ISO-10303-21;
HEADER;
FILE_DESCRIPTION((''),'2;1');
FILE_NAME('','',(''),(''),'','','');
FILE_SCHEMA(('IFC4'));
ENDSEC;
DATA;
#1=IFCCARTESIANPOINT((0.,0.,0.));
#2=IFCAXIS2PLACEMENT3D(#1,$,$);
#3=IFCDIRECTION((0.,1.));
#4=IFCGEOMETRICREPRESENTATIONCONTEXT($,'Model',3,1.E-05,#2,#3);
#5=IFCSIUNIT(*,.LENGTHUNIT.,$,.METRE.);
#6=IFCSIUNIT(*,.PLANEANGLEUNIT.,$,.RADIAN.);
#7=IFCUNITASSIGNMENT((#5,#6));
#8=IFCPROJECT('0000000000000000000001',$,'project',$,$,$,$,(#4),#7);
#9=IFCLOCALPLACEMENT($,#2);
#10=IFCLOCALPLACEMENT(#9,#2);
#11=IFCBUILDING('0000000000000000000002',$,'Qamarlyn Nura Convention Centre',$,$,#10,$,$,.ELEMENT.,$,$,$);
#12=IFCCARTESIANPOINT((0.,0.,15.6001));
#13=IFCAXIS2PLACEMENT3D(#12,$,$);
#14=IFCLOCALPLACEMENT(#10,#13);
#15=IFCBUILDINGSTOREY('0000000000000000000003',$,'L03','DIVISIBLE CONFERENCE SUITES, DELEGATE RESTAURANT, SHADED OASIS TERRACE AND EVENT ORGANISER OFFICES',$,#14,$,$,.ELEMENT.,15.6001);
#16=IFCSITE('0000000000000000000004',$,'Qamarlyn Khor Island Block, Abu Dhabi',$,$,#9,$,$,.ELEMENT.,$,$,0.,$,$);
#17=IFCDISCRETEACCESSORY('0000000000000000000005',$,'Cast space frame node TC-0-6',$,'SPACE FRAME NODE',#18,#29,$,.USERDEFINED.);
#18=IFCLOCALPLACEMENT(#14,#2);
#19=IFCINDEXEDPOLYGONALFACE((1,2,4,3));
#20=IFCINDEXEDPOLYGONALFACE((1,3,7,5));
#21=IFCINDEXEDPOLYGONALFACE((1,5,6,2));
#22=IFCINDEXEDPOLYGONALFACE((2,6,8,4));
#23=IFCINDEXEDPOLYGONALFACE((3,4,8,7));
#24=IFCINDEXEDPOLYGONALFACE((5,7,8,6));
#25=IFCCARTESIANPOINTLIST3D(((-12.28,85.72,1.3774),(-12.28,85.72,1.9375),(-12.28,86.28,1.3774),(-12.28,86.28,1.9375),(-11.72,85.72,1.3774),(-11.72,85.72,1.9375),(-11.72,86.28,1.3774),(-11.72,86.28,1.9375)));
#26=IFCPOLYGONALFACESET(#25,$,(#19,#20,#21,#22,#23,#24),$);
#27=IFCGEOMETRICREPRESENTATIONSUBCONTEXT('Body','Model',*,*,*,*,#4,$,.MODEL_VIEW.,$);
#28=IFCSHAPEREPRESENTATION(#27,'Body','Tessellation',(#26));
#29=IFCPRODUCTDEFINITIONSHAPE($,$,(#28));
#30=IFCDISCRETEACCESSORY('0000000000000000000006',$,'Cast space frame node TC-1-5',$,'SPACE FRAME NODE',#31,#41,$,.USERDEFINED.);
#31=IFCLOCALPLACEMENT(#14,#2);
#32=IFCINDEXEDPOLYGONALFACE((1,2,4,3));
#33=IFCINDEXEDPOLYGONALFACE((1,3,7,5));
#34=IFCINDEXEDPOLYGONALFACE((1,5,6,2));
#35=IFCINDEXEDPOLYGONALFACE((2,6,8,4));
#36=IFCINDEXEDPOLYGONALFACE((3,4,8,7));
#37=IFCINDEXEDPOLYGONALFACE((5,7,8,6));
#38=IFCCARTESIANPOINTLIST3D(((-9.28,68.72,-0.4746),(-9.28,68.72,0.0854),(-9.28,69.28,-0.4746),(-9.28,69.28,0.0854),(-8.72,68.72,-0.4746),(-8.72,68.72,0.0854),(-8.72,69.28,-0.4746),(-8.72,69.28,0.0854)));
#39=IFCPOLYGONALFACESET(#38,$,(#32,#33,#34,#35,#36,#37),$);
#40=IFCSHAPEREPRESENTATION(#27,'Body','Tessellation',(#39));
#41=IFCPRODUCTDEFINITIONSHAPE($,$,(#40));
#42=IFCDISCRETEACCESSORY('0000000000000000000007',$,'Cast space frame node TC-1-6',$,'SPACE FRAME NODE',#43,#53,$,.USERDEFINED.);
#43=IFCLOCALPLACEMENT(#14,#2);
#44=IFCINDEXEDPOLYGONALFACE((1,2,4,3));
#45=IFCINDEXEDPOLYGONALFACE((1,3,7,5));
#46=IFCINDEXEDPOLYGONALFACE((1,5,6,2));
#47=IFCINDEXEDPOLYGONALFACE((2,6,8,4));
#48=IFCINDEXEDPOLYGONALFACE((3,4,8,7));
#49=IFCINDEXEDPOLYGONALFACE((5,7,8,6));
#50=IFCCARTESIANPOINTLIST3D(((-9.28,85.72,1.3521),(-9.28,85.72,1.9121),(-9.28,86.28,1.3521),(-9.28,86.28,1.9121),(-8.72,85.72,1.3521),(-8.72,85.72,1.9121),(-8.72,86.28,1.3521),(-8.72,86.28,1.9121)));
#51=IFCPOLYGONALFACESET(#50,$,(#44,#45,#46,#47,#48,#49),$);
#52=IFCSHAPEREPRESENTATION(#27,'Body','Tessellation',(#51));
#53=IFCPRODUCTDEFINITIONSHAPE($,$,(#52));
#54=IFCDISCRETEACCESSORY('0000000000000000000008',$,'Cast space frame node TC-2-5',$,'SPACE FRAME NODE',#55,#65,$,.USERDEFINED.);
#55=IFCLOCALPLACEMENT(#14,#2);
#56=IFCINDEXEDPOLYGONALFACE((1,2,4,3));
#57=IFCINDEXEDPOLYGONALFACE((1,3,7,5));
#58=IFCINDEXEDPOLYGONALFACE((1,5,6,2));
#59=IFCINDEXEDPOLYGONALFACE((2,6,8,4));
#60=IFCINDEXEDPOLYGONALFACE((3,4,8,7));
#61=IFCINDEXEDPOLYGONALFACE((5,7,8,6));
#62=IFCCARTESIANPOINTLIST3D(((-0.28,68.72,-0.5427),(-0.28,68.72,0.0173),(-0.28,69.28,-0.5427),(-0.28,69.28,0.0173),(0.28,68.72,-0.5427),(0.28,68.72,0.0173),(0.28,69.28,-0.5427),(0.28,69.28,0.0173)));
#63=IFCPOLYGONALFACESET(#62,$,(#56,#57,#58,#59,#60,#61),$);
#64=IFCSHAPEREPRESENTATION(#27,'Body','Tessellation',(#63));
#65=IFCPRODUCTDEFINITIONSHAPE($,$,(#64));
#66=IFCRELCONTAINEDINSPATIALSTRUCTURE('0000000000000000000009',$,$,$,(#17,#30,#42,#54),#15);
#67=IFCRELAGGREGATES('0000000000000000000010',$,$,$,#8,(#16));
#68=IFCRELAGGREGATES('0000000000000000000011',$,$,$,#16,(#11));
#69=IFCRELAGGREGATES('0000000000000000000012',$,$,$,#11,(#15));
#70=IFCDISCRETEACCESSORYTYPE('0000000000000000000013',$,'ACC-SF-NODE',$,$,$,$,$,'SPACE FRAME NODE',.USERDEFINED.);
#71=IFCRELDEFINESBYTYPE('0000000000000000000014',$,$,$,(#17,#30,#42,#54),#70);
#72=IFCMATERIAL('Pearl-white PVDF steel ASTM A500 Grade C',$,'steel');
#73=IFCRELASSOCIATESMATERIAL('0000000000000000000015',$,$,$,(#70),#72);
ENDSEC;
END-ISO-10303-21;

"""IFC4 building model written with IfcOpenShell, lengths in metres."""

from ifc_helpers import new_model, si_unit, direction, frame, origin, origin_2d, place, context, subcontext, project, spatial, rectangle, extrude, material, type_object, element, save


model = new_model("IFC4")

# Units and contexts
model_context = context("Model", 3, precision=1e-05, world=origin(), true_north=direction((0.0, 1.0)))
body_context = subcontext(model_context, "Body", "Model", "MODEL_VIEW")
ifc_project = project(units=[si_unit("LENGTHUNIT", "METRE"), si_unit("PLANEANGLEUNIT", "RADIAN")], contexts=[model_context])

# Site, building, storey
site_placement = place(None, origin())
site = spatial("IfcSite", under=ifc_project, at=site_placement, Name="Qamarlyn Khor Island Block, Abu Dhabi", CompositionType="ELEMENT", RefElevation=0.0)
building_placement = place(site_placement, origin())
building = spatial("IfcBuilding", under=site, at=building_placement, Name="Qamarlyn Nura Convention Centre", CompositionType="ELEMENT")
storey_placement = place(building_placement, frame((0.0, 0.0, 15.6001)))
storey = spatial("IfcBuildingStorey", under=building, at=storey_placement, Name="L03", Description="DIVISIBLE CONFERENCE SUITES, DELEGATE RESTAURANT, SHADED OASIS TERRACE AND EVENT ORGANISER OFFICES", CompositionType="ELEMENT", Elevation=15.6001)

# Shared definitions
ifc_material_1 = material(Name="Pearl-white PVDF steel ASTM A500 Grade C", Category="steel")

# Discrete accessories
discrete_accessory_type = type_object("IfcDiscreteAccessoryType", Name="ACC-SF-NODE", ElementType="SPACE FRAME NODE", PredefinedType="USERDEFINED", material=ifc_material_1)
for number, where, z_axis, x_axis, name in (
    (1, (-12.0, 86.0, 1.3774), (0.0, 0.0, 1.0), (1.0, 0.0, 0.0), "Cast space frame node TC-0-6"),
    (2, (-9.0, 69.0, -0.4746), (0.0, 0.0, 1.0), (1.0, 0.0, 0.0), "Cast space frame node TC-1-5"),
    (3, (-9.0, 86.0, 1.3521), (0.0, 0.0, 1.0), (1.0, 0.0, 0.0), "Cast space frame node TC-1-6"),
    (4, (0.0, 69.0, -0.5427), (0.0, 0.0, 1.0), (1.0, 0.0, 0.0), "Cast space frame node TC-2-5"),
):
    element("IfcDiscreteAccessory", number, at=place(storey_placement, frame(where, z_axis=z_axis, x_axis=x_axis)), inside=storey, type_object=discrete_accessory_type, Name=name, ObjectType="SPACE FRAME NODE", PredefinedType="USERDEFINED", context=body_context, shape_type="SweptSolid", body=[
        extrude(rectangle(XDim=0.5601, YDim=0.5601, at=origin_2d()), origin(), (0.0, 0.0, 1.0), 0.5601),
    ])

save(model, "model.ifc")
